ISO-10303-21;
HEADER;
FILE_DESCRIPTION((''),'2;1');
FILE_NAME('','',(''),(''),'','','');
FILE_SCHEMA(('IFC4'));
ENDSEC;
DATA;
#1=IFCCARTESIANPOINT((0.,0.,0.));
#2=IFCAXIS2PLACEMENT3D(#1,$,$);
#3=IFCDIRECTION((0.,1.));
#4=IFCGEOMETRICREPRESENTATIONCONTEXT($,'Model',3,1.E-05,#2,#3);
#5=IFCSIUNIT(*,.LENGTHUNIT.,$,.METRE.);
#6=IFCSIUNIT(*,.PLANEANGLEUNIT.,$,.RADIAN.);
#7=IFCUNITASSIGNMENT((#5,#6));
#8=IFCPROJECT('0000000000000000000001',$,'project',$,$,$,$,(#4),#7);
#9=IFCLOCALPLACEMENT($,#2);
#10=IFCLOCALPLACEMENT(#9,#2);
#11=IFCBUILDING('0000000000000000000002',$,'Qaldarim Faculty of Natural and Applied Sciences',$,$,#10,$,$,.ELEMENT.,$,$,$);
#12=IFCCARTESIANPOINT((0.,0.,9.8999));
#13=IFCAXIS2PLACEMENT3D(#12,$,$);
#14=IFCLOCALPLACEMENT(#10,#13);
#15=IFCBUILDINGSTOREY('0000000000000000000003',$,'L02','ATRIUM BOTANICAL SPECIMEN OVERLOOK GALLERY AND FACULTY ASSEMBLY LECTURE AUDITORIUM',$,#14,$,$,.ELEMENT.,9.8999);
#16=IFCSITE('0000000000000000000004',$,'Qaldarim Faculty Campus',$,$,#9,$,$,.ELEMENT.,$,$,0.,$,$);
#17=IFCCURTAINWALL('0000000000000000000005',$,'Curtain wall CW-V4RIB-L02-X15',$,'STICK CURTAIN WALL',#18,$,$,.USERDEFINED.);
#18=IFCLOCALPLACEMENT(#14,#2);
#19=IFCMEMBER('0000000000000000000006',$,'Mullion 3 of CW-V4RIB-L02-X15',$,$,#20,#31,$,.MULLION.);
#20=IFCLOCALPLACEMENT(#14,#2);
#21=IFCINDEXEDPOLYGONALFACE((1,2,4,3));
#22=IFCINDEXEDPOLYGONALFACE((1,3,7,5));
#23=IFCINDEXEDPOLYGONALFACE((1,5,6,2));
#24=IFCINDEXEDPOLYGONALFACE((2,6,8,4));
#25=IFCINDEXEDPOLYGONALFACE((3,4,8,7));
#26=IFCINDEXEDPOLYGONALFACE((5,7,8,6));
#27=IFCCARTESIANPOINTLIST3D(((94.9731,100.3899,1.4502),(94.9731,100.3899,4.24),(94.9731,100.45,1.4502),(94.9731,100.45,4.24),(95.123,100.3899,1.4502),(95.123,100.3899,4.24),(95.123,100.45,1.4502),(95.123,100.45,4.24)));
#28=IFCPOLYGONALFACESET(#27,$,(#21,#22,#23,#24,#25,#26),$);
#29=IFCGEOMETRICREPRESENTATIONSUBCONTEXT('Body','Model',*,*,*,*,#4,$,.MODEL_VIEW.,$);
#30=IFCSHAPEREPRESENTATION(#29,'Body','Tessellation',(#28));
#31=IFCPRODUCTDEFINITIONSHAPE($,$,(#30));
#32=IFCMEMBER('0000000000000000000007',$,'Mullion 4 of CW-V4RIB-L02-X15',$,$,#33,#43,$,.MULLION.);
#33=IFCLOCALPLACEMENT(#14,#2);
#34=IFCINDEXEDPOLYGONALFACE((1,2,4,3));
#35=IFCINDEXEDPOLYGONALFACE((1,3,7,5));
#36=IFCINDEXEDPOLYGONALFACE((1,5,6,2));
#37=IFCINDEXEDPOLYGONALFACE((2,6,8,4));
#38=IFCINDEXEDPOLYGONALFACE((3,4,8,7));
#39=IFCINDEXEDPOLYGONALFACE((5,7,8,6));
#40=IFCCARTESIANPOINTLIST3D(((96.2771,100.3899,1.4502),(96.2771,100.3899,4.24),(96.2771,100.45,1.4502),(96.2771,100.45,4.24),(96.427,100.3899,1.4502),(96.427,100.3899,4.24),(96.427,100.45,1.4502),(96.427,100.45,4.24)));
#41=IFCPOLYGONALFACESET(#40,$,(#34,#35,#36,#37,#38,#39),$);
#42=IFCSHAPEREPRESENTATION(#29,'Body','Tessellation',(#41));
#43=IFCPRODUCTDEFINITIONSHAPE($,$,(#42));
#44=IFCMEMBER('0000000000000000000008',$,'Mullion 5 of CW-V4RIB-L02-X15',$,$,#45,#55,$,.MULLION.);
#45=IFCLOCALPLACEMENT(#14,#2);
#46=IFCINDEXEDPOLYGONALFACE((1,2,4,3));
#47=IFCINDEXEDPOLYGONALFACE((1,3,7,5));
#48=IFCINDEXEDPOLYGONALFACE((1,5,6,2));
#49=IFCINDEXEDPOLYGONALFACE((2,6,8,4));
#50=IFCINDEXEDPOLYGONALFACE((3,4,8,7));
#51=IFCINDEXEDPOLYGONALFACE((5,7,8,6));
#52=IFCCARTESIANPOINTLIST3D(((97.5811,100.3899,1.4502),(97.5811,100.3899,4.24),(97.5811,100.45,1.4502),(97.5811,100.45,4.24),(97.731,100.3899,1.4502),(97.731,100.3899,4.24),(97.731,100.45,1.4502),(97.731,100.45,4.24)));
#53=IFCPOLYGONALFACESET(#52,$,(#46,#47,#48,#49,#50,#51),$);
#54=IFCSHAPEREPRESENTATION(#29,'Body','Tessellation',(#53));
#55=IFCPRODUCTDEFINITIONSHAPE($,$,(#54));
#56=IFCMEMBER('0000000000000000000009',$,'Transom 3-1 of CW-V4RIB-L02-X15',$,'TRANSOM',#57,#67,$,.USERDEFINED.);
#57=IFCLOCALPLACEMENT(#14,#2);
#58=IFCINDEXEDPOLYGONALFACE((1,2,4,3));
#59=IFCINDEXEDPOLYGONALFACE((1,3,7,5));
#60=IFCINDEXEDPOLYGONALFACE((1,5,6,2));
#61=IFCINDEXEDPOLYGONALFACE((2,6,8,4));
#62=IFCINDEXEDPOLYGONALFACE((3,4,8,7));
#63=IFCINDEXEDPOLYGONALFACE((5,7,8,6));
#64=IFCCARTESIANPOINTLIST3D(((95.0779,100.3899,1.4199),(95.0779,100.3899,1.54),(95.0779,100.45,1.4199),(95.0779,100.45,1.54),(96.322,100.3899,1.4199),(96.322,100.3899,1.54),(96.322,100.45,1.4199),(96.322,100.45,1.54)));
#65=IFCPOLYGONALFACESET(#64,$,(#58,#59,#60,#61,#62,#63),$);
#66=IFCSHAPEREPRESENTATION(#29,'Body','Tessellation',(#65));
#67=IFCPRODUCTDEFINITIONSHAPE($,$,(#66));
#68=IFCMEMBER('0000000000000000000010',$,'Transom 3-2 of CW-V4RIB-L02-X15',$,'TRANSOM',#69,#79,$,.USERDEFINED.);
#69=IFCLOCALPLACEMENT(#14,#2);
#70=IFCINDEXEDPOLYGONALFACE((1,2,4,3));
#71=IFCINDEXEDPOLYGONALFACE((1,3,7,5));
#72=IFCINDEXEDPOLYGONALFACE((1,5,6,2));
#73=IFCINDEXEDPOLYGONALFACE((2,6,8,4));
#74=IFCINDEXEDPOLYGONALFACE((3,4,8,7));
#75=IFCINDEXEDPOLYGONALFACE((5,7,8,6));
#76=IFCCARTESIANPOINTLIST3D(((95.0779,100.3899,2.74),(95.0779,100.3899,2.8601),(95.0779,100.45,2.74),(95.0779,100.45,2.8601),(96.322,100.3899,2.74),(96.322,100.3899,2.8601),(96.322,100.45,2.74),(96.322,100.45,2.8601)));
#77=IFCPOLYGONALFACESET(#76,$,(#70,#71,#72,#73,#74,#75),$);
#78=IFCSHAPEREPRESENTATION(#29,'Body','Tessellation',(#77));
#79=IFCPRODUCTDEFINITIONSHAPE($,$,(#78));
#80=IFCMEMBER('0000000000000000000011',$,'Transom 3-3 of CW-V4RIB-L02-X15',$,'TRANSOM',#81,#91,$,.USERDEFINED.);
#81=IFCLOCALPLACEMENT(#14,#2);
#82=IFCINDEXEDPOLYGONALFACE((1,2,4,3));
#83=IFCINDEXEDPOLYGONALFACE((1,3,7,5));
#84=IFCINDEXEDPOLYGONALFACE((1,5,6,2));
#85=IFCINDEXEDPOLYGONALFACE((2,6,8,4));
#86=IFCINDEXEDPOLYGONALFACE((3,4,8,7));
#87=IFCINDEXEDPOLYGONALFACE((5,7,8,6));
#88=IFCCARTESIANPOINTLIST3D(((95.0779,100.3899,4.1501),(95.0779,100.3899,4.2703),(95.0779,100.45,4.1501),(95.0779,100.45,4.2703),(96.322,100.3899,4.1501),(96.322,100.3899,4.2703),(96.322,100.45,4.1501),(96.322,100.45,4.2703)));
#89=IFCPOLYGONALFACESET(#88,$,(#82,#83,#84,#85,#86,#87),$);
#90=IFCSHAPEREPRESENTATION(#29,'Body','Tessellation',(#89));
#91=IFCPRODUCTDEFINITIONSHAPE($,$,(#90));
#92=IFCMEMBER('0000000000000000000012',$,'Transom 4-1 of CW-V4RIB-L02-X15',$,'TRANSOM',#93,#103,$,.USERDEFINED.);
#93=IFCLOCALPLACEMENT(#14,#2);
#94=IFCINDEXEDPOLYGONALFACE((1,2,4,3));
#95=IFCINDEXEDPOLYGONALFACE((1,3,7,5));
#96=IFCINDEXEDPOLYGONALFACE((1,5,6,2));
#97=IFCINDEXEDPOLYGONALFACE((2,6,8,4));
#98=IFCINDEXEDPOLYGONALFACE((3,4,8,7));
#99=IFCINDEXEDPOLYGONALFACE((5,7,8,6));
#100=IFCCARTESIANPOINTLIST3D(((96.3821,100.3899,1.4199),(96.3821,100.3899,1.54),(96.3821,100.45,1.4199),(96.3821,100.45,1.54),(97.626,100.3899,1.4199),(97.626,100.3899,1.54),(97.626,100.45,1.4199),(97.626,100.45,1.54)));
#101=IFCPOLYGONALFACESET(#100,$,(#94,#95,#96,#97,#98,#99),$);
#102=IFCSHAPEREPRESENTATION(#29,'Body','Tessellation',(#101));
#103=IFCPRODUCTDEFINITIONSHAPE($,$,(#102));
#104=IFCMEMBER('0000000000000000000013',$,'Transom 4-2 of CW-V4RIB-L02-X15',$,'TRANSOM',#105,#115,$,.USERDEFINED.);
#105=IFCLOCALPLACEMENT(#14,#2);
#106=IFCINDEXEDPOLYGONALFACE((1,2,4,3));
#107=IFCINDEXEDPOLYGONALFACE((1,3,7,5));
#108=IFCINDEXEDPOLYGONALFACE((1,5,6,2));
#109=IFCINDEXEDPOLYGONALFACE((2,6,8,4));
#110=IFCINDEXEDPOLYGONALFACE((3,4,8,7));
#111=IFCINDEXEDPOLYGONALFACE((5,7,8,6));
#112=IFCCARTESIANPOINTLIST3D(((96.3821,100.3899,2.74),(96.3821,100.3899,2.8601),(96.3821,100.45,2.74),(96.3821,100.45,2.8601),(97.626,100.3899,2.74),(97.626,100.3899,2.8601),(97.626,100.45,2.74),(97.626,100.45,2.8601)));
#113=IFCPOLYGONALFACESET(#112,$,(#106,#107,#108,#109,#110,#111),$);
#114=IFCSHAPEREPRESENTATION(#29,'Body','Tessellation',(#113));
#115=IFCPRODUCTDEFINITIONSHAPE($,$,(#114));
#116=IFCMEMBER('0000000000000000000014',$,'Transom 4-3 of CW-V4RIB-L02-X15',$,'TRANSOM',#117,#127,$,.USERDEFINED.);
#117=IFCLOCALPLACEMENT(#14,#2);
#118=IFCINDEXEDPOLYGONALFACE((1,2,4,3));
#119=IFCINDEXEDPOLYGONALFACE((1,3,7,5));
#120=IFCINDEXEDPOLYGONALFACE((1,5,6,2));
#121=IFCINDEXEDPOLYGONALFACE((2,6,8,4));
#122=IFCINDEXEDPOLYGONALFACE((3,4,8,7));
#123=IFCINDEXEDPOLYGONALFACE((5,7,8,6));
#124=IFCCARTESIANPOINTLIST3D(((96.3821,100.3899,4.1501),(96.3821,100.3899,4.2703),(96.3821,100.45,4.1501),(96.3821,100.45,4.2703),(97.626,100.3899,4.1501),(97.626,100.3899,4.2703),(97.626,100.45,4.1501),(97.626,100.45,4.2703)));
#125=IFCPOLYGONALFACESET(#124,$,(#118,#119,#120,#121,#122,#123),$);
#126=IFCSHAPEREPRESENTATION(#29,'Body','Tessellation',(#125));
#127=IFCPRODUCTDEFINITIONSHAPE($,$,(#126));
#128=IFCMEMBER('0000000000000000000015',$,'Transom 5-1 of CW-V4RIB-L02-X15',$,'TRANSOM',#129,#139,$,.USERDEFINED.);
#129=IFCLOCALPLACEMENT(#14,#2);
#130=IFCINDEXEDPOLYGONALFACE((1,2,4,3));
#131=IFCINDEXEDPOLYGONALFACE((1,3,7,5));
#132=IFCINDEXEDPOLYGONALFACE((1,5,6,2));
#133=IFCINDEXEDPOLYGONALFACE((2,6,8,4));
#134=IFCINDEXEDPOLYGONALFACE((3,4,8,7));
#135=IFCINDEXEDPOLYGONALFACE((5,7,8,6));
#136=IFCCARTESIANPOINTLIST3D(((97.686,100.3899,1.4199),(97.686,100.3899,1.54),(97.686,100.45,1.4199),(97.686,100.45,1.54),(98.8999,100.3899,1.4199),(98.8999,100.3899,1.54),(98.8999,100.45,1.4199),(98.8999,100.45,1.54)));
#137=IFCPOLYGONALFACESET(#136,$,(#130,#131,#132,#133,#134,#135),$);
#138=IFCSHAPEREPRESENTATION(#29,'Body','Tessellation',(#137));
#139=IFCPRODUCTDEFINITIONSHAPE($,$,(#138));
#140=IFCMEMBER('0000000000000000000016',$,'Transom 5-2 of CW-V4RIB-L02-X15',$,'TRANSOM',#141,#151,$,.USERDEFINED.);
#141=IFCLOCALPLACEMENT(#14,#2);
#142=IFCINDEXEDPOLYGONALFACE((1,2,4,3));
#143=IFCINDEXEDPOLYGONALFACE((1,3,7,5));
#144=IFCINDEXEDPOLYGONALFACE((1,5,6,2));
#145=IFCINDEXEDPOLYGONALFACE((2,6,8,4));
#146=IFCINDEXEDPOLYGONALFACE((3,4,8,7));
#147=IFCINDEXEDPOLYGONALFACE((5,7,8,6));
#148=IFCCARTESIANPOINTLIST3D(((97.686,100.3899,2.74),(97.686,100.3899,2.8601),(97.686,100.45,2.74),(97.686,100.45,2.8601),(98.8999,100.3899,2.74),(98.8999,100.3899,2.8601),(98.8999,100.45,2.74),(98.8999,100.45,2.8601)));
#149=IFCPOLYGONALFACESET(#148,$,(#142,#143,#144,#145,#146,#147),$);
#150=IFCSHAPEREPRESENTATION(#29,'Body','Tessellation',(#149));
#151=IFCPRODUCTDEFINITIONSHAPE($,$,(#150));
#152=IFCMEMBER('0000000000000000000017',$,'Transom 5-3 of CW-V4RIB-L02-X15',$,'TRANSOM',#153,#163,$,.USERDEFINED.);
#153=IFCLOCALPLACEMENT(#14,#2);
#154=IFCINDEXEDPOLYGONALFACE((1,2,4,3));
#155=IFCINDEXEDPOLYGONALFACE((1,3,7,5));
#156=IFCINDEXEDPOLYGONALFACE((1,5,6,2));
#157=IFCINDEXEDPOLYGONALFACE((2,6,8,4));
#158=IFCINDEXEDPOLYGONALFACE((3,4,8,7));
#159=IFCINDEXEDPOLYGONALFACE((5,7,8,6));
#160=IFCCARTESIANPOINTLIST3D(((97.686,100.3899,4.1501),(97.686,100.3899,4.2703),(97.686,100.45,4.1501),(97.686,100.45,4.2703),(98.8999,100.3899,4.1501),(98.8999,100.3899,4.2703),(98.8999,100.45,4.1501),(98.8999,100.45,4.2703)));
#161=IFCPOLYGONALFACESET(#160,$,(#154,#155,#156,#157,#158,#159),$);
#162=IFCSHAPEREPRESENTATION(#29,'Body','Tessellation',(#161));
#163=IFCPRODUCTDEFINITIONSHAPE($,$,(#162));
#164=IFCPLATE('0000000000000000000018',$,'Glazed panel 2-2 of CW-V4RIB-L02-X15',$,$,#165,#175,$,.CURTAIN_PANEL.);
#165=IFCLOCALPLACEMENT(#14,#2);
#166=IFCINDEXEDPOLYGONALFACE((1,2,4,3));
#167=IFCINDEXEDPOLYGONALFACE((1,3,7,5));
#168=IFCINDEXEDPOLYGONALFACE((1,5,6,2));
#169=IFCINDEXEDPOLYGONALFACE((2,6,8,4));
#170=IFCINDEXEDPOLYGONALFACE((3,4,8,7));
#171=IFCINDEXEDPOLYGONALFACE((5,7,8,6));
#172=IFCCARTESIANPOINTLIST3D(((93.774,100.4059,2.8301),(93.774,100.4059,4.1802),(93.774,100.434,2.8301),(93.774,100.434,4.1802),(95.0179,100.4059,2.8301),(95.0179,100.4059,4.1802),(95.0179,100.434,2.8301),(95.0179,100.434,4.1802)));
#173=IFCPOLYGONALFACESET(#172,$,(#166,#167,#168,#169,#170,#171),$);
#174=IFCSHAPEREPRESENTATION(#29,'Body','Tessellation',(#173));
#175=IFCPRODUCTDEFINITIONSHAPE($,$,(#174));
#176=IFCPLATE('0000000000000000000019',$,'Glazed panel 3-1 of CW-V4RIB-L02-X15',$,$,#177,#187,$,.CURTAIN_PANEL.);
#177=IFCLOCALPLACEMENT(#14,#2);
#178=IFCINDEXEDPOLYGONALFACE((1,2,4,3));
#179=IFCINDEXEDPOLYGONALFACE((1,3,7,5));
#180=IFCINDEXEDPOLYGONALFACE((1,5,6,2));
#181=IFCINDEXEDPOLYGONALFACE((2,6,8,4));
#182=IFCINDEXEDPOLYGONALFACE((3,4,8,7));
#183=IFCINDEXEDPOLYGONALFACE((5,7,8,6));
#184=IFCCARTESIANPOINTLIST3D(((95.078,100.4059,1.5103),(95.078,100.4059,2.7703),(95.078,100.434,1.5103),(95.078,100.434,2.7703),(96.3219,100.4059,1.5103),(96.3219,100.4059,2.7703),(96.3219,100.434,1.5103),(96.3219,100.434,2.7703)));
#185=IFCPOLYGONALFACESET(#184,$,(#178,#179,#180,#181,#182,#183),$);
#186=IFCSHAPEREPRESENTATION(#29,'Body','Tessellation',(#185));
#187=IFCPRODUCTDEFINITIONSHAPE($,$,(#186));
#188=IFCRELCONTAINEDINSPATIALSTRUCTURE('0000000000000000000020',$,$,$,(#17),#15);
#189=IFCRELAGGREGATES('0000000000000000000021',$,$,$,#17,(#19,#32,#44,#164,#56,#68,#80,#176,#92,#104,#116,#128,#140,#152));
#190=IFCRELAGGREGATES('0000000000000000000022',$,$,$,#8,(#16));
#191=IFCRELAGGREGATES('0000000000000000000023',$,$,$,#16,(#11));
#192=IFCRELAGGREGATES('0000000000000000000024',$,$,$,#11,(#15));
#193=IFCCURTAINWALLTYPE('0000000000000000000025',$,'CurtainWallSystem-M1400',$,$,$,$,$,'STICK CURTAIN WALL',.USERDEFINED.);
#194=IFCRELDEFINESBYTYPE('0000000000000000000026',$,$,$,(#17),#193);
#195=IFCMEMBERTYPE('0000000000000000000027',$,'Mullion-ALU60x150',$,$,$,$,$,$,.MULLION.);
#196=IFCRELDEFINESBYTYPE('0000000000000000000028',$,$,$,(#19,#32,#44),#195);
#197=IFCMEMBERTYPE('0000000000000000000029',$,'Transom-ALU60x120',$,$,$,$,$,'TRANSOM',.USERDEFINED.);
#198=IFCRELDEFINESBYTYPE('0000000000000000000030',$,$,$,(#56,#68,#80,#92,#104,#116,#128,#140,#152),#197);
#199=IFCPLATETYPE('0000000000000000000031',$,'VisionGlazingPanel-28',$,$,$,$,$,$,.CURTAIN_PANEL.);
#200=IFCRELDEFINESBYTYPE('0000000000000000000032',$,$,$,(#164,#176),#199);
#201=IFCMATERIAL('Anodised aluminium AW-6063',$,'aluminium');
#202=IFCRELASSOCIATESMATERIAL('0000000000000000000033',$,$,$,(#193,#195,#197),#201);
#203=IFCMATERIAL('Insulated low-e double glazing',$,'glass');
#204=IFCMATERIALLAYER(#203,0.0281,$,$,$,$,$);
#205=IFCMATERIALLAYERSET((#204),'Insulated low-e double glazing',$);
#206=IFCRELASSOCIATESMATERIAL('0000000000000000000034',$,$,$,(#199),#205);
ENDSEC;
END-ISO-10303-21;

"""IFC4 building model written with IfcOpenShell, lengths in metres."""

from ifc_helpers import new_model, si_unit, direction, frame, origin, origin_2d, place, context, subcontext, project, spatial, rectangle, extrude, material, layer, layer_set, material_profile, profile_set, type_object, element, aggregate, save


model = new_model("IFC4")

# Units and contexts
model_context = context("Model", 3, precision=1e-05, world=origin(), true_north=direction((0.0, 1.0)))
body_context = subcontext(model_context, "Body", "Model", "MODEL_VIEW")
ifc_project = project(units=[si_unit("LENGTHUNIT", "METRE"), si_unit("PLANEANGLEUNIT", "RADIAN")], contexts=[model_context])

# Site, building, storey
site_placement = place(None, origin())
site = spatial("IfcSite", under=ifc_project, at=site_placement, Name="Qaldarim Faculty Campus", CompositionType="ELEMENT", RefElevation=0.0)
building_placement = place(site_placement, origin())
building = spatial("IfcBuilding", under=site, at=building_placement, Name="Qaldarim Faculty of Natural and Applied Sciences", CompositionType="ELEMENT")
storey_placement = place(building_placement, frame((0.0, 0.0, 9.8999)))
storey = spatial("IfcBuildingStorey", under=building, at=storey_placement, Name="L02", Description="ATRIUM BOTANICAL SPECIMEN OVERLOOK GALLERY AND FACULTY ASSEMBLY LECTURE AUDITORIUM", CompositionType="ELEMENT", Elevation=9.8999)

# Curtain wall, members, plates
ifc_material_1 = material(Name="Anodised aluminium AW-6063", Category="aluminium")
curtain_wall_type = type_object("IfcCurtainWallType", Name="CurtainWallSystem-M1400", ElementType="STICK CURTAIN WALL", PredefinedType="USERDEFINED", material=ifc_material_1)
curtain_wall_placement = place(storey_placement, origin())
curtain_wall = element("IfcCurtainWall", 1, at=curtain_wall_placement, inside=storey, type_object=curtain_wall_type, Name="Curtain wall CW-V4RIB-L02-X15", ObjectType="STICK CURTAIN WALL", PredefinedType="USERDEFINED")
ifc_material_profile_1 = material_profile(ifc_material_1, rectangle(XDim=0.0601, YDim=0.1499, at=origin_2d()), Name="ALU-M60x150")
ifc_profile_set_1 = profile_set([ifc_material_profile_1], Name="Anodised aluminium AW-6063")
member_type_1 = type_object("IfcMemberType", Name="Mullion-ALU60x150", PredefinedType="MULLION", material=ifc_profile_set_1)
member_1_placement = place(storey_placement, frame((95.0481, 100.4199, 1.4502), z_axis=(0.0, 0.0, 1.0), x_axis=(0.0, 1.0, 0.0)))
member_1 = element("IfcMember", 2, at=member_1_placement, type_object=member_type_1, Name="Mullion 3 of CW-V4RIB-L02-X15", PredefinedType="MULLION", context=body_context, shape_type="SweptSolid", body=[
    extrude(rectangle(XDim=0.0601, YDim=0.1499, at=origin_2d()), origin(), (0.0, 0.0, 1.0), 2.7898),
])
member_2_placement = place(storey_placement, frame((96.3521, 100.4199, 1.4502), z_axis=(0.0, 0.0, 1.0), x_axis=(0.0, 1.0, 0.0)))
member_2 = element("IfcMember", 3, at=member_2_placement, type_object=member_type_1, Name="Mullion 4 of CW-V4RIB-L02-X15", PredefinedType="MULLION", context=body_context, shape_type="SweptSolid", body=[
    extrude(rectangle(XDim=0.0601, YDim=0.1499, at=origin_2d()), origin(), (0.0, 0.0, 1.0), 2.7898),
])
member_3_placement = place(storey_placement, frame((97.656, 100.4199, 1.4502), z_axis=(0.0, 0.0, 1.0), x_axis=(0.0, 1.0, 0.0)))
member_3 = element("IfcMember", 4, at=member_3_placement, type_object=member_type_1, Name="Mullion 5 of CW-V4RIB-L02-X15", PredefinedType="MULLION", context=body_context, shape_type="SweptSolid", body=[
    extrude(rectangle(XDim=0.0601, YDim=0.1499, at=origin_2d()), origin(), (0.0, 0.0, 1.0), 2.7898),
])
ifc_material_profile_2 = material_profile(ifc_material_1, rectangle(XDim=0.0601, YDim=0.1201, at=origin_2d()), Name="ALU-T60x120")
ifc_profile_set_2 = profile_set([ifc_material_profile_2], Name="Anodised aluminium AW-6063")
member_type_2 = type_object("IfcMemberType", Name="Transom-ALU60x120", ElementType="TRANSOM", PredefinedType="USERDEFINED", material=ifc_profile_set_2)
member_4_placement = place(storey_placement, frame((95.0779, 100.4199, 1.48), z_axis=(1.0, 0.0, 0.0), x_axis=(0.0, 1.0, 0.0)))
member_4 = element("IfcMember", 5, at=member_4_placement, type_object=member_type_2, Name="Transom 3-1 of CW-V4RIB-L02-X15", ObjectType="TRANSOM", PredefinedType="USERDEFINED", context=body_context, shape_type="SweptSolid", body=[
    extrude(rectangle(XDim=0.0601, YDim=0.1201, at=origin_2d()), origin(), (0.0, 0.0, 1.0), 1.2441),
])
member_5_placement = place(storey_placement, frame((95.0779, 100.4199, 2.8), z_axis=(1.0, 0.0, 0.0), x_axis=(0.0, 1.0, 0.0)))
member_5 = element("IfcMember", 6, at=member_5_placement, type_object=member_type_2, Name="Transom 3-2 of CW-V4RIB-L02-X15", ObjectType="TRANSOM", PredefinedType="USERDEFINED", context=body_context, shape_type="SweptSolid", body=[
    extrude(rectangle(XDim=0.0601, YDim=0.1201, at=origin_2d()), origin(), (0.0, 0.0, 1.0), 1.2441),
])
member_6_placement = place(storey_placement, frame((95.0779, 100.4199, 4.2102), z_axis=(1.0, 0.0, 0.0), x_axis=(0.0, 1.0, 0.0)))
member_6 = element("IfcMember", 7, at=member_6_placement, type_object=member_type_2, Name="Transom 3-3 of CW-V4RIB-L02-X15", ObjectType="TRANSOM", PredefinedType="USERDEFINED", context=body_context, shape_type="SweptSolid", body=[
    extrude(rectangle(XDim=0.0601, YDim=0.1201, at=origin_2d()), origin(), (0.0, 0.0, 1.0), 1.2441),
])
member_7_placement = place(storey_placement, frame((96.3821, 100.4199, 1.48), z_axis=(1.0, 0.0, 0.0), x_axis=(0.0, 1.0, 0.0)))
member_7 = element("IfcMember", 8, at=member_7_placement, type_object=member_type_2, Name="Transom 4-1 of CW-V4RIB-L02-X15", ObjectType="TRANSOM", PredefinedType="USERDEFINED", context=body_context, shape_type="SweptSolid", body=[
    extrude(rectangle(XDim=0.0601, YDim=0.1201, at=origin_2d()), origin(), (0.0, 0.0, 1.0), 1.2439),
])
member_8_placement = place(storey_placement, frame((96.3821, 100.4199, 2.8), z_axis=(1.0, 0.0, 0.0), x_axis=(0.0, 1.0, 0.0)))
member_8 = element("IfcMember", 9, at=member_8_placement, type_object=member_type_2, Name="Transom 4-2 of CW-V4RIB-L02-X15", ObjectType="TRANSOM", PredefinedType="USERDEFINED", context=body_context, shape_type="SweptSolid", body=[
    extrude(rectangle(XDim=0.0601, YDim=0.1201, at=origin_2d()), origin(), (0.0, 0.0, 1.0), 1.2439),
])
member_9_placement = place(storey_placement, frame((96.3821, 100.4199, 4.2102), z_axis=(1.0, 0.0, 0.0), x_axis=(0.0, 1.0, 0.0)))
member_9 = element("IfcMember", 10, at=member_9_placement, type_object=member_type_2, Name="Transom 4-3 of CW-V4RIB-L02-X15", ObjectType="TRANSOM", PredefinedType="USERDEFINED", context=body_context, shape_type="SweptSolid", body=[
    extrude(rectangle(XDim=0.0601, YDim=0.1201, at=origin_2d()), origin(), (0.0, 0.0, 1.0), 1.2439),
])
member_10_placement = place(storey_placement, frame((97.686, 100.4199, 1.48), z_axis=(1.0, 0.0, 0.0), x_axis=(0.0, 1.0, 0.0)))
member_10 = element("IfcMember", 11, at=member_10_placement, type_object=member_type_2, Name="Transom 5-1 of CW-V4RIB-L02-X15", ObjectType="TRANSOM", PredefinedType="USERDEFINED", context=body_context, shape_type="SweptSolid", body=[
    extrude(rectangle(XDim=0.0601, YDim=0.1201, at=origin_2d()), origin(), (0.0, 0.0, 1.0), 1.2139),
])
member_11_placement = place(storey_placement, frame((97.686, 100.4199, 2.8), z_axis=(1.0, 0.0, 0.0), x_axis=(0.0, 1.0, 0.0)))
member_11 = element("IfcMember", 12, at=member_11_placement, type_object=member_type_2, Name="Transom 5-2 of CW-V4RIB-L02-X15", ObjectType="TRANSOM", PredefinedType="USERDEFINED", context=body_context, shape_type="SweptSolid", body=[
    extrude(rectangle(XDim=0.0601, YDim=0.1201, at=origin_2d()), origin(), (0.0, 0.0, 1.0), 1.2139),
])
member_12_placement = place(storey_placement, frame((97.686, 100.4199, 4.2102), z_axis=(1.0, 0.0, 0.0), x_axis=(0.0, 1.0, 0.0)))
member_12 = element("IfcMember", 13, at=member_12_placement, type_object=member_type_2, Name="Transom 5-3 of CW-V4RIB-L02-X15", ObjectType="TRANSOM", PredefinedType="USERDEFINED", context=body_context, shape_type="SweptSolid", body=[
    extrude(rectangle(XDim=0.0601, YDim=0.1201, at=origin_2d()), origin(), (0.0, 0.0, 1.0), 1.2139),
])
ifc_material_2 = material(Name="Insulated low-e double glazing", Category="glass")
ifc_layer_1 = layer(ifc_material_2, 0.0281)
ifc_layer_set_1 = layer_set([ifc_layer_1], Name="Insulated low-e double glazing")
plate_type = type_object("IfcPlateType", Name="VisionGlazingPanel-28", PredefinedType="CURTAIN_PANEL", material=ifc_layer_set_1)
plate_1_placement = place(storey_placement, frame((94.396, 100.4199, 2.8301), z_axis=(0.0, 0.0, 1.0), x_axis=(1.0, 0.0, 0.0)))
plate_1 = element("IfcPlate", 14, at=plate_1_placement, type_object=plate_type, Name="Glazed panel 2-2 of CW-V4RIB-L02-X15", PredefinedType="CURTAIN_PANEL", context=body_context, shape_type="SweptSolid", body=[
    extrude(rectangle(XDim=1.2439, YDim=0.0281, at=origin_2d()), origin(), (0.0, 0.0, 1.0), 1.3501),
])
plate_2_placement = place(storey_placement, frame((95.7, 100.4199, 1.5103), z_axis=(0.0, 0.0, 1.0), x_axis=(1.0, 0.0, 0.0)))
plate_2 = element("IfcPlate", 15, at=plate_2_placement, type_object=plate_type, Name="Glazed panel 3-1 of CW-V4RIB-L02-X15", PredefinedType="CURTAIN_PANEL", context=body_context, shape_type="SweptSolid", body=[
    extrude(rectangle(XDim=1.2439, YDim=0.0281, at=origin_2d()), origin(), (0.0, 0.0, 1.0), 1.26),
])
aggregate(curtain_wall, [member_1, member_2, member_3, plate_1, member_4, member_5, member_6, plate_2, member_7, member_8, member_9, member_10, member_11, member_12])

save(model, "model.ifc")
